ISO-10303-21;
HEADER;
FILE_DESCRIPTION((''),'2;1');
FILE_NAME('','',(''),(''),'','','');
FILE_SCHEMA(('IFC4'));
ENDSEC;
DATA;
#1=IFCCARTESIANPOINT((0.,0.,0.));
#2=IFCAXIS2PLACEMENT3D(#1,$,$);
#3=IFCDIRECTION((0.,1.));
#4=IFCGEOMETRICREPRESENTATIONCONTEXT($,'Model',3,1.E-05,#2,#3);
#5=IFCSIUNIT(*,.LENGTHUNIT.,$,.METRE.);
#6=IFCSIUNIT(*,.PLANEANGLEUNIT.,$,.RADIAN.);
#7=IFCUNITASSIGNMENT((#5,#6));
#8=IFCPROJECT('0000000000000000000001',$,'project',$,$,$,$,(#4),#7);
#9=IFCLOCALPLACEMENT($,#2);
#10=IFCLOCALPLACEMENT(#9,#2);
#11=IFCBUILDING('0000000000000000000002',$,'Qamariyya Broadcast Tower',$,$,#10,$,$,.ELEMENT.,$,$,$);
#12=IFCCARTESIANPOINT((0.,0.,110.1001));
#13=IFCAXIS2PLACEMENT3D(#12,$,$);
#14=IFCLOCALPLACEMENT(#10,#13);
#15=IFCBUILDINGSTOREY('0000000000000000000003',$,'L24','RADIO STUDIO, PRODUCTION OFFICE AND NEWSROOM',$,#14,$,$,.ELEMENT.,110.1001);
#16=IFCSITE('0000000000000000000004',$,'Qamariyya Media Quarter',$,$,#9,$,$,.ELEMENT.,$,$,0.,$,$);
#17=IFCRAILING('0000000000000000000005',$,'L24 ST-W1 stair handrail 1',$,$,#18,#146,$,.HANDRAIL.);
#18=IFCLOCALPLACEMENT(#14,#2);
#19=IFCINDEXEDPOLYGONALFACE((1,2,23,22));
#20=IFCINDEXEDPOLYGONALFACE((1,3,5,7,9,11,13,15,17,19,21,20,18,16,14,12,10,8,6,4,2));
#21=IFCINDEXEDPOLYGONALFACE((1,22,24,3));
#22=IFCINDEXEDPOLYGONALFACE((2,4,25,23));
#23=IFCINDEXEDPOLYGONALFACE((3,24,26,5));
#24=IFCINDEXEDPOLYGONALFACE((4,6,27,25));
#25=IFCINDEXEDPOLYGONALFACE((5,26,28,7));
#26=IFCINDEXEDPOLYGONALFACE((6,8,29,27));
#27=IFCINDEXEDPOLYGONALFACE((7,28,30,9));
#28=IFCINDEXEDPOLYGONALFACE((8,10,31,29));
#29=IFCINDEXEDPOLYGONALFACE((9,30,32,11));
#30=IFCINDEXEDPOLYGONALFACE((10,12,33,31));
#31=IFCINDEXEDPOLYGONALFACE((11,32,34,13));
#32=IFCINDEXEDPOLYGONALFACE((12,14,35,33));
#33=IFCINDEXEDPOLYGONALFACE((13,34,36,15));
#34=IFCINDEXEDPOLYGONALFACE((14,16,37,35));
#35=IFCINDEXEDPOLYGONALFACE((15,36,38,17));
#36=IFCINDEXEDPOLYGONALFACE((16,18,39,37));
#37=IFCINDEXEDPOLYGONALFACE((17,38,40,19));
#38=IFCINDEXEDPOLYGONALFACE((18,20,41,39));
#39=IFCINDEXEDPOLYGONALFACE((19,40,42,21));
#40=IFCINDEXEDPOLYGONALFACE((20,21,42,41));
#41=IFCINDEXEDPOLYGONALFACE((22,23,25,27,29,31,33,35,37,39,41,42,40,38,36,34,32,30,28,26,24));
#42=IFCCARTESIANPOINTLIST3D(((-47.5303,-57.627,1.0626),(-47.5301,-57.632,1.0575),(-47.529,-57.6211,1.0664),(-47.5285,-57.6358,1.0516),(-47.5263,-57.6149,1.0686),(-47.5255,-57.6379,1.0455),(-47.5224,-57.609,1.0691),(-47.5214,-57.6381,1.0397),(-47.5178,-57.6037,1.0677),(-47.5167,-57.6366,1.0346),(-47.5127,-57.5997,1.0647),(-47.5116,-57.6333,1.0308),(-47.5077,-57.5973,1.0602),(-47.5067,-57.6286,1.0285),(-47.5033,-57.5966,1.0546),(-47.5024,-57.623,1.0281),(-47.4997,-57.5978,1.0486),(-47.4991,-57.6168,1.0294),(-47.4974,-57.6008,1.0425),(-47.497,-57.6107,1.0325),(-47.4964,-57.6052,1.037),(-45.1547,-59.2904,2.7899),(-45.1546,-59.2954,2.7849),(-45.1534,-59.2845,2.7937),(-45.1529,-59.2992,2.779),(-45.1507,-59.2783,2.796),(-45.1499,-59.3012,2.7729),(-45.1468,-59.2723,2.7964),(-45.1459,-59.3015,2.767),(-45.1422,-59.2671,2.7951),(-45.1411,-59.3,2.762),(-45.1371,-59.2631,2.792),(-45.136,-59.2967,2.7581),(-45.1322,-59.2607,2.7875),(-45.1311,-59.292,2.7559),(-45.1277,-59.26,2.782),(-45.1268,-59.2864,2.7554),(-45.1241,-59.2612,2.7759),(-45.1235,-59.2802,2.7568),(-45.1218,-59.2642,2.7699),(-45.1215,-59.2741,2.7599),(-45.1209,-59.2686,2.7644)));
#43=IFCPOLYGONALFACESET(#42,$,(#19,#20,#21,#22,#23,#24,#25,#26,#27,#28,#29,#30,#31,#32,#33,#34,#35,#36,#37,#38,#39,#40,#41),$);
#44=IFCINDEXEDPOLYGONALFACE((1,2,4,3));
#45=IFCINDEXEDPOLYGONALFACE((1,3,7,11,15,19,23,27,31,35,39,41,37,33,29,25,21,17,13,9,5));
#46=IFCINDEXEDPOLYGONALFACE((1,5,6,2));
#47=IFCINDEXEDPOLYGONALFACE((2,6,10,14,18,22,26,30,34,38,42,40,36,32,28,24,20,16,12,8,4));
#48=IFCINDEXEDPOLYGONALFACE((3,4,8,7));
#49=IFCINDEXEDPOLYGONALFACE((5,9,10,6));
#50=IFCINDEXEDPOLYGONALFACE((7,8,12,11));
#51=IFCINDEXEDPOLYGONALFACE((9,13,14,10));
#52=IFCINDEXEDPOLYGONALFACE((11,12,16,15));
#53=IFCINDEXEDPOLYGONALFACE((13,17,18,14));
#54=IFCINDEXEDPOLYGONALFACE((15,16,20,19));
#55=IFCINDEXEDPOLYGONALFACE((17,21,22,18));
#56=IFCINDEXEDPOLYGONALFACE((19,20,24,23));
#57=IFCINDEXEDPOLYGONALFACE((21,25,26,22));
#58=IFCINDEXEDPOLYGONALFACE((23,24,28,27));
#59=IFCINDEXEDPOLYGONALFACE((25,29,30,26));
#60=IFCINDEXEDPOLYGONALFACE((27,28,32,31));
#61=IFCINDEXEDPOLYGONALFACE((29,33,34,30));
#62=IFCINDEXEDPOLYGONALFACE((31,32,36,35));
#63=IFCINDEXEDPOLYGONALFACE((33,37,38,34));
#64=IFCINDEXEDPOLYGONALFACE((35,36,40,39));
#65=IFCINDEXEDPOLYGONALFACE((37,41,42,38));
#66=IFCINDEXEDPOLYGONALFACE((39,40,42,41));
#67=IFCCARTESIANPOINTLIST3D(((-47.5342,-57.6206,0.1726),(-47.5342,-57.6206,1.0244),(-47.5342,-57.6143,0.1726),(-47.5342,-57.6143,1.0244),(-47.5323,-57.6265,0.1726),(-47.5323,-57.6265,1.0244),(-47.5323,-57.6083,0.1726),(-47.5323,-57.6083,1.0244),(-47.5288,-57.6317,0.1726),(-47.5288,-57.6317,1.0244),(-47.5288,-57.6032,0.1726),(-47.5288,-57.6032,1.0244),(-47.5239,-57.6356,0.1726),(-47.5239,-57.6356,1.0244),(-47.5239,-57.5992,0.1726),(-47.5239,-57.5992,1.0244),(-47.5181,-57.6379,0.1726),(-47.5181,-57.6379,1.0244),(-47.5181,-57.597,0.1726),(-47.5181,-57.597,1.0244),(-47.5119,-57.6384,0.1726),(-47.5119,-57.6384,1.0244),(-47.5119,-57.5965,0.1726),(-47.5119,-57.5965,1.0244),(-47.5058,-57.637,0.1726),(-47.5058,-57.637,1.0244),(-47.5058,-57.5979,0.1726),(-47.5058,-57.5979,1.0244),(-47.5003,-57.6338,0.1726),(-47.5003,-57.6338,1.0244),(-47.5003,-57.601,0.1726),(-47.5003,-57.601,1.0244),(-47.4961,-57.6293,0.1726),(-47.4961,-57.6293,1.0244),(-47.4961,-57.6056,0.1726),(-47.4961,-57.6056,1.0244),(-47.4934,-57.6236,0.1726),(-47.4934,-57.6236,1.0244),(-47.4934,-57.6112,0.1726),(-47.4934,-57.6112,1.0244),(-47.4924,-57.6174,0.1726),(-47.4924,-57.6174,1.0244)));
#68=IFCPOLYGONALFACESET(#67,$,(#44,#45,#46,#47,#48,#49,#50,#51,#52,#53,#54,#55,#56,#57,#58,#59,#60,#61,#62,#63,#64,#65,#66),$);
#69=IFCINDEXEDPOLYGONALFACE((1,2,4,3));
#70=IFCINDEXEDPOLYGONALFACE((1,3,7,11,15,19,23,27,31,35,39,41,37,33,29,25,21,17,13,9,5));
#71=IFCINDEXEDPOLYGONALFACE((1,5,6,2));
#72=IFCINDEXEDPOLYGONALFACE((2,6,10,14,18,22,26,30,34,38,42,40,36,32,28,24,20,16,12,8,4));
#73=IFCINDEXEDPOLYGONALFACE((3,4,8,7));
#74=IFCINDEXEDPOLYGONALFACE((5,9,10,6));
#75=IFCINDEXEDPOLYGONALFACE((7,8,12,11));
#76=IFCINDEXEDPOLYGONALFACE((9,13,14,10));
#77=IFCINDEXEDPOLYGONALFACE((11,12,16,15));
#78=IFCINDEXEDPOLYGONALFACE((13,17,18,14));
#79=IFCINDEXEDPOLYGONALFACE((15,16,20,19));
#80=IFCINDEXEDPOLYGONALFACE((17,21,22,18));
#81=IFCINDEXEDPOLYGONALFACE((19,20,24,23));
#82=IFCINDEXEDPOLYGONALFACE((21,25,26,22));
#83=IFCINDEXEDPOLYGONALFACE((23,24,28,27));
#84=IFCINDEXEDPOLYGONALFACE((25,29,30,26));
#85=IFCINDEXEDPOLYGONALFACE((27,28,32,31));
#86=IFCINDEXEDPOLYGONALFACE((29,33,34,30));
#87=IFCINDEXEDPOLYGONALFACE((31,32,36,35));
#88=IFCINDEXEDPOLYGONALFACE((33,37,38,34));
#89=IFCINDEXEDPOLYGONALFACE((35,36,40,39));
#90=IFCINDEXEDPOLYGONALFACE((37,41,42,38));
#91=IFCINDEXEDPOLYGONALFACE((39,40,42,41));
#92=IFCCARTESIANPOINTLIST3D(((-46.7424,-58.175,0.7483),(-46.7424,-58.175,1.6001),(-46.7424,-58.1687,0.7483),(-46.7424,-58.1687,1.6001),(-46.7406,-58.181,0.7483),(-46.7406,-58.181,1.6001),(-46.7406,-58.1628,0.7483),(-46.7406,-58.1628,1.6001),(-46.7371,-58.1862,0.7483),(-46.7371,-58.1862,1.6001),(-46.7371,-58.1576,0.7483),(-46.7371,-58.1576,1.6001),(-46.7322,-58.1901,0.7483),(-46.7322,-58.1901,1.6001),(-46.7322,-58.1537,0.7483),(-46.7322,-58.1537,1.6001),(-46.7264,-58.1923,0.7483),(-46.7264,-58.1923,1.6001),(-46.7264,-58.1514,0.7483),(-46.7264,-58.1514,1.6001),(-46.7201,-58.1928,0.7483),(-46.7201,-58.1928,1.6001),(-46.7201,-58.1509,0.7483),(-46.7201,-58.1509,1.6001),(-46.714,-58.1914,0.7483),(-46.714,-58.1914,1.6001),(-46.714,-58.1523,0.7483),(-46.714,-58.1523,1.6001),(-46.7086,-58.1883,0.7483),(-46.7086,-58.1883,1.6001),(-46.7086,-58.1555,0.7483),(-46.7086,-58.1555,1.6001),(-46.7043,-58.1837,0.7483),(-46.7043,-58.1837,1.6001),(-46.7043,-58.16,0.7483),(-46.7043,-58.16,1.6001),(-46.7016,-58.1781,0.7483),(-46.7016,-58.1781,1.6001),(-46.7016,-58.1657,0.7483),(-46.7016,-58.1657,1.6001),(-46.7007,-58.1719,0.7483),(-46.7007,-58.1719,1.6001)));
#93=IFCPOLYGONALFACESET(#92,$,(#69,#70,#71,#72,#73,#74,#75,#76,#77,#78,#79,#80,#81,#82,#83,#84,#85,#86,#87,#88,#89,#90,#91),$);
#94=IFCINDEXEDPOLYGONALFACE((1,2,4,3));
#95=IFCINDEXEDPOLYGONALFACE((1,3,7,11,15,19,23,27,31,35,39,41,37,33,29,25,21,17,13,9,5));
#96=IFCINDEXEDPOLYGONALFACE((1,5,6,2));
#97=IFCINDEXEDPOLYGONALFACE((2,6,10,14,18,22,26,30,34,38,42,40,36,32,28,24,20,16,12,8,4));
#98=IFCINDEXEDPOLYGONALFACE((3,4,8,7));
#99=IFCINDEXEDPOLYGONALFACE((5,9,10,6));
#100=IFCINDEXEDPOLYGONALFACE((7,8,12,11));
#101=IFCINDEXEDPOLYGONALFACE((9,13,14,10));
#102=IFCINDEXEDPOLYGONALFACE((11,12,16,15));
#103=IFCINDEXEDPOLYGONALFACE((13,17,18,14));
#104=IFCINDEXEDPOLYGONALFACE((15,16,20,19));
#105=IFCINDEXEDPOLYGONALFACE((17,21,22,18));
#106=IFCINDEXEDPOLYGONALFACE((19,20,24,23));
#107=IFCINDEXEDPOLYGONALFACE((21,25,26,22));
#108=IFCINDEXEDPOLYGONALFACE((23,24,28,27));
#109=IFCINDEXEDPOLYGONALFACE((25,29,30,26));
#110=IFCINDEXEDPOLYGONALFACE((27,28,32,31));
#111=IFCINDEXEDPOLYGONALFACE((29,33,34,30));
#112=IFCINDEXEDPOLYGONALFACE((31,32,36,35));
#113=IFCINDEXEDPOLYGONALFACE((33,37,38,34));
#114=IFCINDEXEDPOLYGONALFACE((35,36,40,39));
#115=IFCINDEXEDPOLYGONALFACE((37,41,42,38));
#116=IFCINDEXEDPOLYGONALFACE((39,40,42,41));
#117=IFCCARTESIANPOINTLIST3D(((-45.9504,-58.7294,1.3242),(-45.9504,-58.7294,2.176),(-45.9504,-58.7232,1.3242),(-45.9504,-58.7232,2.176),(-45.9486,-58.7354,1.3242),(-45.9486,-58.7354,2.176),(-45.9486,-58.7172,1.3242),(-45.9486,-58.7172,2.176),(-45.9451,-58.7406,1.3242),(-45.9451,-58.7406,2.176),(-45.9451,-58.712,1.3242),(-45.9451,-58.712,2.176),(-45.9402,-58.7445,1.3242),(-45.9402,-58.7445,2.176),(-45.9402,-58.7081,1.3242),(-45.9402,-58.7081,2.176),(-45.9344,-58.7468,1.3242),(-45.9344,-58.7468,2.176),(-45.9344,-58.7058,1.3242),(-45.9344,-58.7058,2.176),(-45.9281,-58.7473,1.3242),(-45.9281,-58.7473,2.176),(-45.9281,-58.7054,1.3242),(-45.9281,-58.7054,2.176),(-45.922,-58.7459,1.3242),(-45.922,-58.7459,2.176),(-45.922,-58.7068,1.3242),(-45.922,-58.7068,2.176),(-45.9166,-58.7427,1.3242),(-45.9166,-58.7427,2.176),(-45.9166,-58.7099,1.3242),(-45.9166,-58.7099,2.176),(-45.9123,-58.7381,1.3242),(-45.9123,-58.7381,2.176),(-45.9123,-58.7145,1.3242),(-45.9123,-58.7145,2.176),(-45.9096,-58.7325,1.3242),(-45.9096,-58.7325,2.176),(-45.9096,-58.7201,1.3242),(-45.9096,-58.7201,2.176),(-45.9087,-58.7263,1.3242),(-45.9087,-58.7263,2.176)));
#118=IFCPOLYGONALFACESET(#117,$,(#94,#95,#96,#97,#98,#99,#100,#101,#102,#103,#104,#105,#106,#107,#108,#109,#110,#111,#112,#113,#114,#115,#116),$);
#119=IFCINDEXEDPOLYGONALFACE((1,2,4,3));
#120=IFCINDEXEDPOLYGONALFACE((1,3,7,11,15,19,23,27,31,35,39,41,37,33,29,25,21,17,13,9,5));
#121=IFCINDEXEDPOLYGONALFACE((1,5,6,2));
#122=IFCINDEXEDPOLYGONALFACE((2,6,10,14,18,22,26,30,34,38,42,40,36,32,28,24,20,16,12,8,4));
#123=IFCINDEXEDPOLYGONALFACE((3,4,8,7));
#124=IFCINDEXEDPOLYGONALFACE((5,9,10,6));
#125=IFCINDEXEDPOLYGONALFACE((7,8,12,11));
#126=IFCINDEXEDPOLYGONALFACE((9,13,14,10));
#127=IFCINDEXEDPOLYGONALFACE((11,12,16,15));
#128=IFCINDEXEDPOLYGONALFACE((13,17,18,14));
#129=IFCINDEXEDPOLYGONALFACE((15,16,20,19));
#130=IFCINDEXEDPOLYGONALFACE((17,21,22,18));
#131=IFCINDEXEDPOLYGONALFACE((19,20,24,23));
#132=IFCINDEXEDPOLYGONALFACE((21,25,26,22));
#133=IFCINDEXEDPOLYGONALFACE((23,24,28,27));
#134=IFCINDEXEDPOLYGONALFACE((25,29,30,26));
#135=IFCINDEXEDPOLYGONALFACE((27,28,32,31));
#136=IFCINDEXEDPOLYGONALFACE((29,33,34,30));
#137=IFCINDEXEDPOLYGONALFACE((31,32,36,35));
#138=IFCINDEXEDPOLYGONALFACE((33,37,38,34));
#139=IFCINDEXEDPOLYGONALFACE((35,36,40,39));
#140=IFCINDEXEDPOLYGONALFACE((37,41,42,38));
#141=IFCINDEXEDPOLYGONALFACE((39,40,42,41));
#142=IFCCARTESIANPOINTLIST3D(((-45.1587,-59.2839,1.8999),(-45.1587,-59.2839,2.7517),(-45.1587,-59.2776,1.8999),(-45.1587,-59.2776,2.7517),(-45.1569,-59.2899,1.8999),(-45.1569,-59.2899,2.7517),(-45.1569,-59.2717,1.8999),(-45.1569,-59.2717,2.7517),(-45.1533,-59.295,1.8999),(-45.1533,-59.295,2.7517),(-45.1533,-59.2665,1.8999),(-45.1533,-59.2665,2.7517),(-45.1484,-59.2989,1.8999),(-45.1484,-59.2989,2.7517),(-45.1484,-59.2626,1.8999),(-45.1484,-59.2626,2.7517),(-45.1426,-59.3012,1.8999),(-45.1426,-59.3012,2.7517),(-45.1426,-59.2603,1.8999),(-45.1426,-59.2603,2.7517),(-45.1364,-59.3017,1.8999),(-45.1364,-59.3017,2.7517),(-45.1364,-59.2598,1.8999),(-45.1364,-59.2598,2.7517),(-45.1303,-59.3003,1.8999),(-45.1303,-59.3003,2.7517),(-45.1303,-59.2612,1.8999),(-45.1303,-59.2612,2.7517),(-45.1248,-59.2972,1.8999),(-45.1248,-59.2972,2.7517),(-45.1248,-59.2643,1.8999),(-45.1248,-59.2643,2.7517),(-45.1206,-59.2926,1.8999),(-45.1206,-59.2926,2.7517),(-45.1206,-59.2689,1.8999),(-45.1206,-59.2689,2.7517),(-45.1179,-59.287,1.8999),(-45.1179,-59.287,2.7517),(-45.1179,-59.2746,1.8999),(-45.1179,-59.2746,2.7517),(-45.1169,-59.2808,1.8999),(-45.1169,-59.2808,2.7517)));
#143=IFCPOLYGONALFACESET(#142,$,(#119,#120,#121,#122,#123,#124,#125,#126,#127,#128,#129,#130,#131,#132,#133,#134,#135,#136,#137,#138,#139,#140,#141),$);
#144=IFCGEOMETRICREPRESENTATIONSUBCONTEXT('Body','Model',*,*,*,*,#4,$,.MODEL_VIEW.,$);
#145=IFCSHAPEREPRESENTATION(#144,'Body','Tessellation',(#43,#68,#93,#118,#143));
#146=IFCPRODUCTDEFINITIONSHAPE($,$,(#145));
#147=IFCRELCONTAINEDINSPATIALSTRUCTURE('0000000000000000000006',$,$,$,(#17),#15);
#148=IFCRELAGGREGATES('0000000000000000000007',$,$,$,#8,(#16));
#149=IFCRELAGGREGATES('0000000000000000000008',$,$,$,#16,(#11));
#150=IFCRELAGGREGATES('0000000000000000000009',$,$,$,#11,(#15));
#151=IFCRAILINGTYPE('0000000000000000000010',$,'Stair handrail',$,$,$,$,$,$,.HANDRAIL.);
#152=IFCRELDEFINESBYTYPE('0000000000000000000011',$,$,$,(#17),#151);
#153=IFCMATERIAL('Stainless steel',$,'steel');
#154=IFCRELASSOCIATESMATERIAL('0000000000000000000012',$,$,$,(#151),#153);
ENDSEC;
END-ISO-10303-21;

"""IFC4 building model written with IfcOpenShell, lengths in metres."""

from ifc_helpers import new_model, si_unit, direction, frame, origin, origin_2d, place, context, subcontext, project, spatial, circle, extrude, material, type_object, element, save


model = new_model("IFC4")

# Units and contexts
model_context = context("Model", 3, precision=1e-05, world=origin(), true_north=direction((0.0, 1.0)))
body_context = subcontext(model_context, "Body", "Model", "MODEL_VIEW")
ifc_project = project(units=[si_unit("LENGTHUNIT", "METRE"), si_unit("PLANEANGLEUNIT", "RADIAN")], contexts=[model_context])

# Site, building, storey
site_placement = place(None, origin())
site = spatial("IfcSite", under=ifc_project, at=site_placement, Name="Qamariyya Media Quarter", CompositionType="ELEMENT", RefElevation=0.0)
building_placement = place(site_placement, origin())
building = spatial("IfcBuilding", under=site, at=building_placement, Name="Qamariyya Broadcast Tower", CompositionType="ELEMENT")
storey_placement = place(building_placement, frame((0.0, 0.0, 110.1001)))
storey = spatial("IfcBuildingStorey", under=building, at=storey_placement, Name="L24", Description="RADIO STUDIO, PRODUCTION OFFICE AND NEWSROOM", CompositionType="ELEMENT", Elevation=110.1001)

# Railing
ifc_material_1 = material(Name="Stainless steel", Category="steel")
railing_type_1 = type_object("IfcRailingType", Name="Stair handrail", PredefinedType="HANDRAIL", material=ifc_material_1)
railing_1_placement = place(storey_placement, frame((-47.5134, -57.6174, 0.1726)))
element("IfcRailing", 1, at=railing_1_placement, inside=storey, type_object=railing_type_1, Name="L24 ST-W1 stair handrail 1", PredefinedType="HANDRAIL", context=body_context, shape_type="SweptSolid", body=[
    extrude(circle(Radius=0.0239, at=origin_2d()), frame((0.0, 0.0, 0.876), z_axis=(0.70377, -0.492784, 0.511734), x_axis=(0.573575, 0.819153, 0.0)), (0.0, 0.0, 1.0), 3.3755),
    extrude(circle(Radius=0.021, at=origin_2d()), origin(), (0.0, 0.0, 1.0), 0.8518),
    extrude(circle(Radius=0.021, at=origin_2d()), frame((0.7917, -0.5544, 0.5757)), (0.0, 0.0, 1.0), 0.8518),
    extrude(circle(Radius=0.021, at=origin_2d()), frame((1.5837, -1.1089, 1.1516)), (0.0, 0.0, 1.0), 0.8518),
    extrude(circle(Radius=0.021, at=origin_2d()), frame((2.3755, -1.6633, 1.7273)), (0.0, 0.0, 1.0), 0.8518),
])

save(model, "model.ifc")
